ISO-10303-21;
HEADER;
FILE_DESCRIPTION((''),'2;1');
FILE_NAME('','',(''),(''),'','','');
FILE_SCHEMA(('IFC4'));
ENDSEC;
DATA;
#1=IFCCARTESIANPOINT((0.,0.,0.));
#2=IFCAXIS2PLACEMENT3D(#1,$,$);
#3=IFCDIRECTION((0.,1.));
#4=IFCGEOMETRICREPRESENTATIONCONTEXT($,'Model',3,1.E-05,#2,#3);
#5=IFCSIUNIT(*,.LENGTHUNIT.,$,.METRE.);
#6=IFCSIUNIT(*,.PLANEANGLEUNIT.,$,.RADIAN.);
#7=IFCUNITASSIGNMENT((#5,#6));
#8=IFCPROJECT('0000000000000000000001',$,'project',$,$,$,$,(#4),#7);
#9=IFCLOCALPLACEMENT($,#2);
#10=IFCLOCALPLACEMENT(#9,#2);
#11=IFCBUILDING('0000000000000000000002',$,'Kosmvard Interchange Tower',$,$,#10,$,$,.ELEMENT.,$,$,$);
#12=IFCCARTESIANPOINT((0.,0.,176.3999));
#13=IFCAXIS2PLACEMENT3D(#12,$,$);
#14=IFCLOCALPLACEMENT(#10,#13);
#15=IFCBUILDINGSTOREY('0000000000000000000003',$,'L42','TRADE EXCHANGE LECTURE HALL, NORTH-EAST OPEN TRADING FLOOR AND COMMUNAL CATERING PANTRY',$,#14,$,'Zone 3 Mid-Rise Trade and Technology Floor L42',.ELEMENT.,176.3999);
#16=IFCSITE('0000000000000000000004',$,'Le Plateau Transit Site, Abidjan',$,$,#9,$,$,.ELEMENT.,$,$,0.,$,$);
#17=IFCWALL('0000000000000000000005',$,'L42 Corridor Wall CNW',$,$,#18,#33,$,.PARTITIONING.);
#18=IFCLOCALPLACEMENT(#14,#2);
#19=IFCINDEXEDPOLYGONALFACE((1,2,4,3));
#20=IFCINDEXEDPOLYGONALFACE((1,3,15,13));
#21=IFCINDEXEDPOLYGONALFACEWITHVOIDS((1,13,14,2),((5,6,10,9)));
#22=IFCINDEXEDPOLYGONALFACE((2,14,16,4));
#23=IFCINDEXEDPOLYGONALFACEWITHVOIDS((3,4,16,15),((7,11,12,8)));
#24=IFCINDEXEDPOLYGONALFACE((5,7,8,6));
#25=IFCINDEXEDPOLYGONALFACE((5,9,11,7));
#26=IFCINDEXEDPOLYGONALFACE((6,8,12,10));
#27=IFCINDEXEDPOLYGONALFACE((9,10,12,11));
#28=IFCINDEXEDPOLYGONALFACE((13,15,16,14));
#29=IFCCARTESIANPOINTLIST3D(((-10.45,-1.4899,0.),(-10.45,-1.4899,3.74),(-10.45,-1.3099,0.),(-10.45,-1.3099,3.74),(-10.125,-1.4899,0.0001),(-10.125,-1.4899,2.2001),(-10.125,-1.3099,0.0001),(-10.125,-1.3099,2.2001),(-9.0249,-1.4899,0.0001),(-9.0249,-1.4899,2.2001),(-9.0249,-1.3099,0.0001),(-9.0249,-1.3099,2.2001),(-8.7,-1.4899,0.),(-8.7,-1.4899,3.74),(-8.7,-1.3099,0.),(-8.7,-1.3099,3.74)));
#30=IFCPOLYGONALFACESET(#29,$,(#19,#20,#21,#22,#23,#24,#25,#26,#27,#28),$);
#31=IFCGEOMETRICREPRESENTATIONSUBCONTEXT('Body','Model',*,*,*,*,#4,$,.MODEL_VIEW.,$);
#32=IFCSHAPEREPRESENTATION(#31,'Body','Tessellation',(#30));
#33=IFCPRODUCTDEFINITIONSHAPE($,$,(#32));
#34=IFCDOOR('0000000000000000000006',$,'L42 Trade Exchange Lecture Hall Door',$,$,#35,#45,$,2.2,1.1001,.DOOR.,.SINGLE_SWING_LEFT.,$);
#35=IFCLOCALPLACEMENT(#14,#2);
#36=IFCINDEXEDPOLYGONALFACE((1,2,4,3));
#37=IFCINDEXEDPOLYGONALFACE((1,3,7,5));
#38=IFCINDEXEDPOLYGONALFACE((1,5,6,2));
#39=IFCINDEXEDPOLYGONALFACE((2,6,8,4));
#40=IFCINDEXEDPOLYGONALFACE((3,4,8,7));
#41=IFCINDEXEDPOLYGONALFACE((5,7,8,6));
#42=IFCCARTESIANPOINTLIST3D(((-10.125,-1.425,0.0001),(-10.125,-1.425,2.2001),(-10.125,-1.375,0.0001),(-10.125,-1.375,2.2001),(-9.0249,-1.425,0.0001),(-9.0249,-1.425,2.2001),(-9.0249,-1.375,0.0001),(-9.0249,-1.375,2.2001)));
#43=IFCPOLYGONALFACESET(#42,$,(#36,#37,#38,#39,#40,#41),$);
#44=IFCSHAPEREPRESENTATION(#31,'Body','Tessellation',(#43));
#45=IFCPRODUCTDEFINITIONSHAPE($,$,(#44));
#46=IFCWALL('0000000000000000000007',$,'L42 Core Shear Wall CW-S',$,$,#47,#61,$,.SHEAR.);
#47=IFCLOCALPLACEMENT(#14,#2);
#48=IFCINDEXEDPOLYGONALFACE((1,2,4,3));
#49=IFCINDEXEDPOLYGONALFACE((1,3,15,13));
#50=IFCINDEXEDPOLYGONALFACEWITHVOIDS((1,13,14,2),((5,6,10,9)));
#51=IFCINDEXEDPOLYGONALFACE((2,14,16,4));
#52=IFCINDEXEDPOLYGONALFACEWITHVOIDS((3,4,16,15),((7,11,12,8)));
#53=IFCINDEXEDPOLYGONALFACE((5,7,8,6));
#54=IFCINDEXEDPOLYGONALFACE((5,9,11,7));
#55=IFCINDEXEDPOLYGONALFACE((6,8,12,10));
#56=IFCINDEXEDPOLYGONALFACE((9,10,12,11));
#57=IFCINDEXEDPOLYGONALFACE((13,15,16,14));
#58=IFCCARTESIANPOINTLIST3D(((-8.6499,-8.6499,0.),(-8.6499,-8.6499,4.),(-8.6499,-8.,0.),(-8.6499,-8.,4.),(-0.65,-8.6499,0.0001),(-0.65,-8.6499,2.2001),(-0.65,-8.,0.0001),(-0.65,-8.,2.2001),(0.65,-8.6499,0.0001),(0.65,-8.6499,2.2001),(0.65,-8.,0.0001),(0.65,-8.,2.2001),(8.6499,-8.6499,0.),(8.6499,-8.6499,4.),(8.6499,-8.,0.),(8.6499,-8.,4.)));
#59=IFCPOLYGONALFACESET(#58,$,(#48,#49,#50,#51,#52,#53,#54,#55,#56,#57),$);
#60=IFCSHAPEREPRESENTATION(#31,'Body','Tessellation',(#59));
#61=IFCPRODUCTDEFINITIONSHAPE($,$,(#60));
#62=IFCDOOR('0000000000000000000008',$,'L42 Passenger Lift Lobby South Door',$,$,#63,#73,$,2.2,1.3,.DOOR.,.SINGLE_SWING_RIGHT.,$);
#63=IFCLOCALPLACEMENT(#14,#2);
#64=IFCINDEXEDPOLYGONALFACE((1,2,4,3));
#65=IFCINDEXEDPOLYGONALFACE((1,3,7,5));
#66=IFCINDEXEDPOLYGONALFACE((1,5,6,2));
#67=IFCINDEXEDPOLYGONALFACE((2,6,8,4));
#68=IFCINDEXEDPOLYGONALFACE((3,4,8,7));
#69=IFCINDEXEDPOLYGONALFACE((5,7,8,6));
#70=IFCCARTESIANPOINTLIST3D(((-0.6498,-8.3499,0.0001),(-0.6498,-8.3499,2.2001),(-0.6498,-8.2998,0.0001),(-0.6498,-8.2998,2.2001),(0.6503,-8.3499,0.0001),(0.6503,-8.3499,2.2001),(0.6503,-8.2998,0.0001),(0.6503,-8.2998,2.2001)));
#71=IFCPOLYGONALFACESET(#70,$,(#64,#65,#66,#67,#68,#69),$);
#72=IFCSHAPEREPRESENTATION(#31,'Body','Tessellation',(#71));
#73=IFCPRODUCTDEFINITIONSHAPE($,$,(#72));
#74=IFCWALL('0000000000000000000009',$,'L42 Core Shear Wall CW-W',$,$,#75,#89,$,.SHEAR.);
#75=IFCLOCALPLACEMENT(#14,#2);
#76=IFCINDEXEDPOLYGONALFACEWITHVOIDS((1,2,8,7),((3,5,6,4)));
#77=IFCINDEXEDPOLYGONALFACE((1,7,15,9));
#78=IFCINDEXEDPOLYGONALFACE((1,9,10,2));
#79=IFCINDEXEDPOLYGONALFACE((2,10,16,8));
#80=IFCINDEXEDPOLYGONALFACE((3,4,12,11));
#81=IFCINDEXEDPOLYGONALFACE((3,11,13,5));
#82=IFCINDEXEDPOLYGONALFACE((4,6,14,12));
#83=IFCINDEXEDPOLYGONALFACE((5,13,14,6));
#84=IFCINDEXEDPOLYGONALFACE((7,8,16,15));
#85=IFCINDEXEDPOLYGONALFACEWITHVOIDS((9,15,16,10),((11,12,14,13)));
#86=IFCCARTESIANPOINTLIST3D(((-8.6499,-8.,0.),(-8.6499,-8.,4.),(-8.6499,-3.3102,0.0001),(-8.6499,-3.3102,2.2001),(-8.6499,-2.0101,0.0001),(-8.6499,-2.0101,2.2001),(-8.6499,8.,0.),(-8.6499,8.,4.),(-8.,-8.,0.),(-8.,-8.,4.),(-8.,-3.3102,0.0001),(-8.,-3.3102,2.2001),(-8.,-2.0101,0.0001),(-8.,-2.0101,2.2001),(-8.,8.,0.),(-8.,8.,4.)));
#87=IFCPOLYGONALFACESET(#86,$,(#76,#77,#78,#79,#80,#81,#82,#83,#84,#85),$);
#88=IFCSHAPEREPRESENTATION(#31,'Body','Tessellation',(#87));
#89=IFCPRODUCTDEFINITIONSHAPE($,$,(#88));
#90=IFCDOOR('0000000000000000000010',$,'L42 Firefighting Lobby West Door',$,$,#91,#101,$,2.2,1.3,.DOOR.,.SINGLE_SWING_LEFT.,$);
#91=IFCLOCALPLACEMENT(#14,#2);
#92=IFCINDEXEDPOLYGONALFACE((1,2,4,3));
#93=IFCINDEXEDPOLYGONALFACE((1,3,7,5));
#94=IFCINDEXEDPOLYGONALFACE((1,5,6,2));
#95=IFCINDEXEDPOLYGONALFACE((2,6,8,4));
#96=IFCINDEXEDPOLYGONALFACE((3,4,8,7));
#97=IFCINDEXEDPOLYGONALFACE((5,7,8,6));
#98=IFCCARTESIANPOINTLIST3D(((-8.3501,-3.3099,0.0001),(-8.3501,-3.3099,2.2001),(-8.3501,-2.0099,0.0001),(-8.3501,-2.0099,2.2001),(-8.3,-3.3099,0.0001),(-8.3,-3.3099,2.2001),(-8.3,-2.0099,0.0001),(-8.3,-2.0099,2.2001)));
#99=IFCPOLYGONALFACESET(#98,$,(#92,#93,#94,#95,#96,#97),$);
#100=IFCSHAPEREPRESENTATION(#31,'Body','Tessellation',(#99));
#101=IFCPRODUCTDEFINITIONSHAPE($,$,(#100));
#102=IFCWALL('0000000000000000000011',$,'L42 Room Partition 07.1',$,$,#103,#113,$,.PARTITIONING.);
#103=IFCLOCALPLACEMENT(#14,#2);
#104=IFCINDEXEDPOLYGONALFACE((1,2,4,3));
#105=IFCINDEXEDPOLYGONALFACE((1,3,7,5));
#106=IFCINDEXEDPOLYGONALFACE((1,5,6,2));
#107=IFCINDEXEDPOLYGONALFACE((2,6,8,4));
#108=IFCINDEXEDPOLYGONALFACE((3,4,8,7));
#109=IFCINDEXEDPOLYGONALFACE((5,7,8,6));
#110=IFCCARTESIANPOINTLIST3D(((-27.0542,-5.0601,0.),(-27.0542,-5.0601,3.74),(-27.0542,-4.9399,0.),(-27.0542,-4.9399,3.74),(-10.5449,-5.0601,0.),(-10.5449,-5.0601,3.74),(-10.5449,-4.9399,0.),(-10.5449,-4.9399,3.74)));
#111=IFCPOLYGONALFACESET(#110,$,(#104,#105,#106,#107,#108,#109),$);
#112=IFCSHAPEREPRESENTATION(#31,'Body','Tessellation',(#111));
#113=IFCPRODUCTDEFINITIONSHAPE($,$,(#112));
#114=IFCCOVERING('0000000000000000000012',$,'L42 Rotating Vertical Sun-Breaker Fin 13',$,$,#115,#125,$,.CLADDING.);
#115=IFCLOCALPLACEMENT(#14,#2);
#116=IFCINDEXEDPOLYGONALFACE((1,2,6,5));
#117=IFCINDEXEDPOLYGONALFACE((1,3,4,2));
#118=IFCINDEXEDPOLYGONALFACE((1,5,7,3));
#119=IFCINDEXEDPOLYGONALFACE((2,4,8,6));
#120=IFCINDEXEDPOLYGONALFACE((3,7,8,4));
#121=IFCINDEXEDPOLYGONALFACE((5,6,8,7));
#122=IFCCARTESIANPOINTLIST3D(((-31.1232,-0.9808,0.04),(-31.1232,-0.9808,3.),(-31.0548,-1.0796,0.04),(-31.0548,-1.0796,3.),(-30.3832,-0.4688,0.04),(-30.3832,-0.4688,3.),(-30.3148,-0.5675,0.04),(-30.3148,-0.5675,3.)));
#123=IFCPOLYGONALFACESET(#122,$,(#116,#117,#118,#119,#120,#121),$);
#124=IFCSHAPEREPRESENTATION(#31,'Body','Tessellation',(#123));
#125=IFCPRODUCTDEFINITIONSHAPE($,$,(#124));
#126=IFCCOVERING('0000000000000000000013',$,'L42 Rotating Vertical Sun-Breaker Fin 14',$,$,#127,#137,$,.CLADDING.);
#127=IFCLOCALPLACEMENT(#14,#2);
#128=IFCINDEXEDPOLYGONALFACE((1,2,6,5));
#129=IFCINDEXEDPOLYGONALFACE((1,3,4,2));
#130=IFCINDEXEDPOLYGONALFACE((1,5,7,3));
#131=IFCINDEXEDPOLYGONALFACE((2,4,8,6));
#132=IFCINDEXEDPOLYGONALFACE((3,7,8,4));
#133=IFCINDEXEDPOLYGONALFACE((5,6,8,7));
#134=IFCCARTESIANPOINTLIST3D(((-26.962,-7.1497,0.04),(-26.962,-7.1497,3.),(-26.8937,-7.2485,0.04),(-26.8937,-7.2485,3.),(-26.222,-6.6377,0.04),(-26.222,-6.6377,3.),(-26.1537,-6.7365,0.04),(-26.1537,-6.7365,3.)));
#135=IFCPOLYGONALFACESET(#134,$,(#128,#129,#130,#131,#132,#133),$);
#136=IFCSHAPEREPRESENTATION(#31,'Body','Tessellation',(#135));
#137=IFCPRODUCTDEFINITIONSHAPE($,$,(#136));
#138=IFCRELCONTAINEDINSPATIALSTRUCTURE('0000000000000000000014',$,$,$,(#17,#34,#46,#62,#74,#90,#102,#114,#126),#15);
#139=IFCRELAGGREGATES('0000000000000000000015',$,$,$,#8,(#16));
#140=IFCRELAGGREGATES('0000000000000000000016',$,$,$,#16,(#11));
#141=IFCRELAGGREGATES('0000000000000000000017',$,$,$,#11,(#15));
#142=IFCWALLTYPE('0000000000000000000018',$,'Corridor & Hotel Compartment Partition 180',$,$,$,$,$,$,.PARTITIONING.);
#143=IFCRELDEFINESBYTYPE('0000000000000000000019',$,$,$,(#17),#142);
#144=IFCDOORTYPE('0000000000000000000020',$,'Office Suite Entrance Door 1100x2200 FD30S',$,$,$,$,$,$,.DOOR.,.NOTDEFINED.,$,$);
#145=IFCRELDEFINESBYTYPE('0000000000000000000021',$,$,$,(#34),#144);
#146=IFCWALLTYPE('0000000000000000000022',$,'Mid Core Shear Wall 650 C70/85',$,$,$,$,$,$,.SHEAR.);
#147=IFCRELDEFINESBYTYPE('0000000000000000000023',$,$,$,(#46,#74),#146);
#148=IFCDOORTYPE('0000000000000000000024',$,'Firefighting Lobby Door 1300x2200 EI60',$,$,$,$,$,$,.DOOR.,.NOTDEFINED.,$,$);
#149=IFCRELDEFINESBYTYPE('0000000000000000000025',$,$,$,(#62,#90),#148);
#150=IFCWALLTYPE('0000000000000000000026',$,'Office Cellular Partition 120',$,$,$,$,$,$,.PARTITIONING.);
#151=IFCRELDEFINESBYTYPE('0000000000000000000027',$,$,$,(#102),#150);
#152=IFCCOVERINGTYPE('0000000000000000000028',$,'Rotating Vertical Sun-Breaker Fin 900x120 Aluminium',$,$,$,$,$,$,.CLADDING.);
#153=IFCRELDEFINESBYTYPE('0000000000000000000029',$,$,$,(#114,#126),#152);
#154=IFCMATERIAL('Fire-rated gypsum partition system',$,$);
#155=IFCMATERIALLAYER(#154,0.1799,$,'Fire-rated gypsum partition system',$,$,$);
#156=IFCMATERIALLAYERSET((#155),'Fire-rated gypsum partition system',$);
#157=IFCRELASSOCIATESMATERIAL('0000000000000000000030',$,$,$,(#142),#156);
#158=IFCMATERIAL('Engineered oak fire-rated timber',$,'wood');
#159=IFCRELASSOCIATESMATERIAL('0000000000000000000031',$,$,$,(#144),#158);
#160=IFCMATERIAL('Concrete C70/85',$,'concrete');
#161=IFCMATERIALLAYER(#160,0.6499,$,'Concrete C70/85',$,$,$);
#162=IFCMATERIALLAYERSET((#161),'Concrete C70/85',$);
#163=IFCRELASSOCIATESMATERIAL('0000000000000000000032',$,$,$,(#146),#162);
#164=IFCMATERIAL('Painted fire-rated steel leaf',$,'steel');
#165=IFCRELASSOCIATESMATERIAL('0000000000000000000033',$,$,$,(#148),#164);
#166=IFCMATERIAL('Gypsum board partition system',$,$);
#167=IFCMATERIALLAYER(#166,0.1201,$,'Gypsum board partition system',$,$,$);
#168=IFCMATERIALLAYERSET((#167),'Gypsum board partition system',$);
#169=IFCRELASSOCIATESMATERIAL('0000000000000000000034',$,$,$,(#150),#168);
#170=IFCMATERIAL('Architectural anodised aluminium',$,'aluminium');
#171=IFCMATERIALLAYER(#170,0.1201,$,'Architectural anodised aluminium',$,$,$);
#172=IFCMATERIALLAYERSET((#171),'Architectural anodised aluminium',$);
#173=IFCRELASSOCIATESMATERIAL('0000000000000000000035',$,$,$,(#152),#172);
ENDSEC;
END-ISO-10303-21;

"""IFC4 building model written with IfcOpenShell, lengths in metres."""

from ifc_helpers import new_model, si_unit, direction, frame, frame_2d, origin, origin_2d, place, context, subcontext, project, spatial, rectangle, extrude, source, transform, mapped, material, layer, layer_set, type_object, element, fill, save


model = new_model("IFC4")

# Units and contexts
model_context = context("Model", 3, precision=1e-05, world=origin(), true_north=direction((0.0, 1.0)))
body_context = subcontext(model_context, "Body", "Model", "MODEL_VIEW")
ifc_project = project(units=[si_unit("LENGTHUNIT", "METRE"), si_unit("PLANEANGLEUNIT", "RADIAN")], contexts=[model_context])

# Site, building, storey
site_placement = place(None, origin())
site = spatial("IfcSite", under=ifc_project, at=site_placement, Name="Le Plateau Transit Site, Abidjan", CompositionType="ELEMENT", RefElevation=0.0)
building_placement = place(site_placement, origin())
building = spatial("IfcBuilding", under=site, at=building_placement, Name="Kosmvard Interchange Tower", CompositionType="ELEMENT")
storey_placement = place(building_placement, frame((0.0, 0.0, 176.3999)))
storey = spatial("IfcBuildingStorey", under=building, at=storey_placement, Name="L42", Description="TRADE EXCHANGE LECTURE HALL, NORTH-EAST OPEN TRADING FLOOR AND COMMUNAL CATERING PANTRY", LongName="Zone 3 Mid-Rise Trade and Technology Floor L42", CompositionType="ELEMENT", Elevation=176.3999)

# Shared definitions
ifc_material_1 = material(Name="Fire-rated gypsum partition system")
ifc_layer_1 = layer(ifc_material_1, 0.1799, Name="Fire-rated gypsum partition system")
ifc_layer_set_1 = layer_set([ifc_layer_1], Name="Fire-rated gypsum partition system")
wall_type_1 = type_object("IfcWallType", Name="Corridor & Hotel Compartment Partition 180", PredefinedType="PARTITIONING", material=ifc_layer_set_1)
ifc_material_2 = material(Name="Engineered oak fire-rated timber", Category="wood")
door_type_1 = type_object("IfcDoorType", Name="Office Suite Entrance Door 1100x2200 FD30S", OperationType="NOTDEFINED", PredefinedType="DOOR", material=ifc_material_2)
shared_shape_1 = source(origin(), body_context, "Body", "SweptSolid", [
    extrude(rectangle(XDim=1.1001, YDim=2.2, at=frame_2d((0.55, 1.1001))), frame((0.0, 0.0249, 0.0), z_axis=(0.0, -1.0, 0.0), x_axis=(1.0, 0.0, 0.0)), (0.0, 0.0, 1.0), 0.05),
])

# Walls, openings, doors
wall_1_placement = place(storey_placement, frame((-10.45, -1.3999, 0.0), z_axis=(0.0, 0.0, 1.0), x_axis=(1.0, 0.0, 0.0)))
wall_1 = element("IfcWall", 1, at=wall_1_placement, inside=storey, type_object=wall_type_1, Name="L42 Corridor Wall CNW", PredefinedType="PARTITIONING", context=body_context, shape_type="SweptSolid", body=[
    extrude(rectangle(XDim=1.75, YDim=0.1799, at=frame_2d((0.875, 0.0))), origin(), (0.0, 0.0, 1.0), 3.74),
])
opening_1_placement = place(wall_1_placement, frame((0.325, 0.0, 0.0)))
opening_1 = element("IfcOpeningElement", 2, at=opening_1_placement, cuts=wall_1, PredefinedType="OPENING", context=body_context, shape_type="SweptSolid", body=[
    extrude(rectangle(XDim=1.1001, YDim=2.2, at=frame_2d((0.55, 1.1001))), frame((0.0, 0.1001, 0.0), z_axis=(0.0, -1.0, 0.0), x_axis=(1.0, 0.0, 0.0)), (0.0, 0.0, 1.0), 0.2),
])
door_1_placement = place(opening_1_placement, origin())
door_1 = element("IfcDoor", 3, at=door_1_placement, inside=storey, type_object=door_type_1, Name="L42 Trade Exchange Lecture Hall Door", OperationType="SINGLE_SWING_LEFT", OverallHeight=2.2, OverallWidth=1.1001, PredefinedType="DOOR", context=body_context, shape_type="MappedRepresentation", body=[
    mapped(shared_shape_1, transform((0.0, 0.0, 0.0), scale=1.0)),
])
fill(opening_1, door_1)
ifc_material_3 = material(Name="Concrete C70/85", Category="concrete")
ifc_layer_2 = layer(ifc_material_3, 0.6499, Name="Concrete C70/85")
ifc_layer_set_2 = layer_set([ifc_layer_2], Name="Concrete C70/85")
wall_type_2 = type_object("IfcWallType", Name="Mid Core Shear Wall 650 C70/85", PredefinedType="SHEAR", material=ifc_layer_set_2)
wall_2_placement = place(storey_placement, frame((-8.6499, -8.325, 0.0), z_axis=(0.0, 0.0, 1.0), x_axis=(1.0, 0.0, 0.0)))
wall_2 = element("IfcWall", 4, at=wall_2_placement, inside=storey, type_object=wall_type_2, Name="L42 Core Shear Wall CW-S", PredefinedType="SHEAR", context=body_context, shape_type="SweptSolid", body=[
    extrude(rectangle(XDim=17.2998, YDim=0.6499, at=frame_2d((8.6499, 0.0))), origin(), (0.0, 0.0, 1.0), 4.0),
])
opening_2_placement = place(wall_2_placement, frame((8.0, 0.0, 0.0)))
opening_2 = element("IfcOpeningElement", 5, at=opening_2_placement, cuts=wall_2, PredefinedType="OPENING", context=body_context, shape_type="SweptSolid", body=[
    extrude(rectangle(XDim=1.3, YDim=2.2, at=frame_2d((0.6499, 1.1001))), frame((0.0, 0.335, 0.0), z_axis=(0.0, -1.0, 0.0), x_axis=(1.0, 0.0, 0.0)), (0.0, 0.0, 1.0), 0.6699),
])
ifc_material_4 = material(Name="Painted fire-rated steel leaf", Category="steel")
door_type_2 = type_object("IfcDoorType", Name="Firefighting Lobby Door 1300x2200 EI60", OperationType="NOTDEFINED", PredefinedType="DOOR", material=ifc_material_4)
shared_shape_2 = source(origin(), body_context, "Body", "SweptSolid", [
    extrude(rectangle(XDim=1.3, YDim=2.2, at=frame_2d((0.6499, 1.1001))), frame((0.0, 0.0249, 0.0), z_axis=(0.0, -1.0, 0.0), x_axis=(1.0, 0.0, 0.0)), (0.0, 0.0, 1.0), 0.05),
])
door_2_placement = place(opening_2_placement, frame((1.3, 0.0, 0.0), z_axis=(0.0, 0.0, 1.0), x_axis=(-1.0, 0.0, 0.0)))
door_2 = element("IfcDoor", 6, at=door_2_placement, inside=storey, type_object=door_type_2, Name="L42 Passenger Lift Lobby South Door", OperationType="SINGLE_SWING_RIGHT", OverallHeight=2.2, OverallWidth=1.3, PredefinedType="DOOR", context=body_context, shape_type="MappedRepresentation", body=[
    mapped(shared_shape_2, transform((0.0, 0.0, 0.0), scale=1.0)),
])
fill(opening_2, door_2)
wall_3_placement = place(storey_placement, frame((-8.325, -8.0, 0.0), z_axis=(0.0, 0.0, 1.0), x_axis=(0.0, 1.0, 0.0)))
wall_3 = element("IfcWall", 7, at=wall_3_placement, inside=storey, type_object=wall_type_2, Name="L42 Core Shear Wall CW-W", PredefinedType="SHEAR", context=body_context, shape_type="SweptSolid", body=[
    extrude(rectangle(XDim=16.0, YDim=0.6499, at=frame_2d((8.0, 0.0))), origin(), (0.0, 0.0, 1.0), 4.0),
])
opening_3_placement = place(wall_3_placement, frame((4.6899, 0.0, 0.0)))
opening_3 = element("IfcOpeningElement", 8, at=opening_3_placement, cuts=wall_3, PredefinedType="OPENING", context=body_context, shape_type="SweptSolid", body=[
    extrude(rectangle(XDim=1.3, YDim=2.2, at=frame_2d((0.6499, 1.1001))), frame((0.0, 0.335, 0.0), z_axis=(0.0, -1.0, 0.0), x_axis=(1.0, 0.0, 0.0)), (0.0, 0.0, 1.0), 0.6699),
])
door_3_placement = place(opening_3_placement, frame((1.3, 0.0, 0.0), z_axis=(0.0, 0.0, 1.0), x_axis=(-1.0, 0.0, 0.0)))
door_3 = element("IfcDoor", 9, at=door_3_placement, inside=storey, type_object=door_type_2, Name="L42 Firefighting Lobby West Door", OperationType="SINGLE_SWING_LEFT", OverallHeight=2.2, OverallWidth=1.3, PredefinedType="DOOR", context=body_context, shape_type="MappedRepresentation", body=[
    mapped(shared_shape_2, transform((0.0, 0.0, 0.0), scale=1.0)),
])
fill(opening_3, door_3)

# Wall
ifc_material_5 = material(Name="Gypsum board partition system")
ifc_layer_3 = layer(ifc_material_5, 0.1201, Name="Gypsum board partition system")
ifc_layer_set_3 = layer_set([ifc_layer_3], Name="Gypsum board partition system")
wall_type_3 = type_object("IfcWallType", Name="Office Cellular Partition 120", PredefinedType="PARTITIONING", material=ifc_layer_set_3)
wall_4_placement = place(storey_placement, frame((-27.0542, -5.0, 0.0), z_axis=(0.0, 0.0, 1.0), x_axis=(1.0, 0.0, 0.0)))
element("IfcWall", 10, at=wall_4_placement, inside=storey, type_object=wall_type_3, Name="L42 Room Partition 07.1", PredefinedType="PARTITIONING", context=body_context, shape_type="SweptSolid", body=[
    extrude(rectangle(XDim=16.5093, YDim=0.1201, at=frame_2d((8.2546, 0.0))), origin(), (0.0, 0.0, 1.0), 3.74),
])

# Coverings
ifc_material_6 = material(Name="Architectural anodised aluminium", Category="aluminium")
ifc_layer_4 = layer(ifc_material_6, 0.1201, Name="Architectural anodised aluminium")
ifc_layer_set_4 = layer_set([ifc_layer_4], Name="Architectural anodised aluminium")
covering_type = type_object("IfcCoveringType", Name="Rotating Vertical Sun-Breaker Fin 900x120 Aluminium", PredefinedType="CLADDING", material=ifc_layer_set_4)
shared_shape_3 = source(origin(), body_context, "Body", "SweptSolid", [
    extrude(rectangle(XDim=0.8999, YDim=0.1201, at=origin_2d()), origin(), (0.0, 0.0, 1.0), 2.96),
])
for number, where, z_axis, x_axis, name in (
    (11, (-30.719, -0.7742, 0.04), (0.0, 0.0, 1.0), (-0.822343, -0.568993, 0.0), "L42 Rotating Vertical Sun-Breaker Fin 13"),
    (12, (-26.5579, -6.9431, 0.04), (0.0, 0.0, 1.0), (-0.822343, -0.568993, 0.0), "L42 Rotating Vertical Sun-Breaker Fin 14"),
):
    element("IfcCovering", number, at=place(storey_placement, frame(where, z_axis=z_axis, x_axis=x_axis)), inside=storey, type_object=covering_type, Name=name, PredefinedType="CLADDING", context=body_context, shape_type="MappedRepresentation", body=[
        mapped(shared_shape_3, transform((0.0, 0.0, 0.0), scale=1.0)),
    ])

save(model, "model.ifc")
